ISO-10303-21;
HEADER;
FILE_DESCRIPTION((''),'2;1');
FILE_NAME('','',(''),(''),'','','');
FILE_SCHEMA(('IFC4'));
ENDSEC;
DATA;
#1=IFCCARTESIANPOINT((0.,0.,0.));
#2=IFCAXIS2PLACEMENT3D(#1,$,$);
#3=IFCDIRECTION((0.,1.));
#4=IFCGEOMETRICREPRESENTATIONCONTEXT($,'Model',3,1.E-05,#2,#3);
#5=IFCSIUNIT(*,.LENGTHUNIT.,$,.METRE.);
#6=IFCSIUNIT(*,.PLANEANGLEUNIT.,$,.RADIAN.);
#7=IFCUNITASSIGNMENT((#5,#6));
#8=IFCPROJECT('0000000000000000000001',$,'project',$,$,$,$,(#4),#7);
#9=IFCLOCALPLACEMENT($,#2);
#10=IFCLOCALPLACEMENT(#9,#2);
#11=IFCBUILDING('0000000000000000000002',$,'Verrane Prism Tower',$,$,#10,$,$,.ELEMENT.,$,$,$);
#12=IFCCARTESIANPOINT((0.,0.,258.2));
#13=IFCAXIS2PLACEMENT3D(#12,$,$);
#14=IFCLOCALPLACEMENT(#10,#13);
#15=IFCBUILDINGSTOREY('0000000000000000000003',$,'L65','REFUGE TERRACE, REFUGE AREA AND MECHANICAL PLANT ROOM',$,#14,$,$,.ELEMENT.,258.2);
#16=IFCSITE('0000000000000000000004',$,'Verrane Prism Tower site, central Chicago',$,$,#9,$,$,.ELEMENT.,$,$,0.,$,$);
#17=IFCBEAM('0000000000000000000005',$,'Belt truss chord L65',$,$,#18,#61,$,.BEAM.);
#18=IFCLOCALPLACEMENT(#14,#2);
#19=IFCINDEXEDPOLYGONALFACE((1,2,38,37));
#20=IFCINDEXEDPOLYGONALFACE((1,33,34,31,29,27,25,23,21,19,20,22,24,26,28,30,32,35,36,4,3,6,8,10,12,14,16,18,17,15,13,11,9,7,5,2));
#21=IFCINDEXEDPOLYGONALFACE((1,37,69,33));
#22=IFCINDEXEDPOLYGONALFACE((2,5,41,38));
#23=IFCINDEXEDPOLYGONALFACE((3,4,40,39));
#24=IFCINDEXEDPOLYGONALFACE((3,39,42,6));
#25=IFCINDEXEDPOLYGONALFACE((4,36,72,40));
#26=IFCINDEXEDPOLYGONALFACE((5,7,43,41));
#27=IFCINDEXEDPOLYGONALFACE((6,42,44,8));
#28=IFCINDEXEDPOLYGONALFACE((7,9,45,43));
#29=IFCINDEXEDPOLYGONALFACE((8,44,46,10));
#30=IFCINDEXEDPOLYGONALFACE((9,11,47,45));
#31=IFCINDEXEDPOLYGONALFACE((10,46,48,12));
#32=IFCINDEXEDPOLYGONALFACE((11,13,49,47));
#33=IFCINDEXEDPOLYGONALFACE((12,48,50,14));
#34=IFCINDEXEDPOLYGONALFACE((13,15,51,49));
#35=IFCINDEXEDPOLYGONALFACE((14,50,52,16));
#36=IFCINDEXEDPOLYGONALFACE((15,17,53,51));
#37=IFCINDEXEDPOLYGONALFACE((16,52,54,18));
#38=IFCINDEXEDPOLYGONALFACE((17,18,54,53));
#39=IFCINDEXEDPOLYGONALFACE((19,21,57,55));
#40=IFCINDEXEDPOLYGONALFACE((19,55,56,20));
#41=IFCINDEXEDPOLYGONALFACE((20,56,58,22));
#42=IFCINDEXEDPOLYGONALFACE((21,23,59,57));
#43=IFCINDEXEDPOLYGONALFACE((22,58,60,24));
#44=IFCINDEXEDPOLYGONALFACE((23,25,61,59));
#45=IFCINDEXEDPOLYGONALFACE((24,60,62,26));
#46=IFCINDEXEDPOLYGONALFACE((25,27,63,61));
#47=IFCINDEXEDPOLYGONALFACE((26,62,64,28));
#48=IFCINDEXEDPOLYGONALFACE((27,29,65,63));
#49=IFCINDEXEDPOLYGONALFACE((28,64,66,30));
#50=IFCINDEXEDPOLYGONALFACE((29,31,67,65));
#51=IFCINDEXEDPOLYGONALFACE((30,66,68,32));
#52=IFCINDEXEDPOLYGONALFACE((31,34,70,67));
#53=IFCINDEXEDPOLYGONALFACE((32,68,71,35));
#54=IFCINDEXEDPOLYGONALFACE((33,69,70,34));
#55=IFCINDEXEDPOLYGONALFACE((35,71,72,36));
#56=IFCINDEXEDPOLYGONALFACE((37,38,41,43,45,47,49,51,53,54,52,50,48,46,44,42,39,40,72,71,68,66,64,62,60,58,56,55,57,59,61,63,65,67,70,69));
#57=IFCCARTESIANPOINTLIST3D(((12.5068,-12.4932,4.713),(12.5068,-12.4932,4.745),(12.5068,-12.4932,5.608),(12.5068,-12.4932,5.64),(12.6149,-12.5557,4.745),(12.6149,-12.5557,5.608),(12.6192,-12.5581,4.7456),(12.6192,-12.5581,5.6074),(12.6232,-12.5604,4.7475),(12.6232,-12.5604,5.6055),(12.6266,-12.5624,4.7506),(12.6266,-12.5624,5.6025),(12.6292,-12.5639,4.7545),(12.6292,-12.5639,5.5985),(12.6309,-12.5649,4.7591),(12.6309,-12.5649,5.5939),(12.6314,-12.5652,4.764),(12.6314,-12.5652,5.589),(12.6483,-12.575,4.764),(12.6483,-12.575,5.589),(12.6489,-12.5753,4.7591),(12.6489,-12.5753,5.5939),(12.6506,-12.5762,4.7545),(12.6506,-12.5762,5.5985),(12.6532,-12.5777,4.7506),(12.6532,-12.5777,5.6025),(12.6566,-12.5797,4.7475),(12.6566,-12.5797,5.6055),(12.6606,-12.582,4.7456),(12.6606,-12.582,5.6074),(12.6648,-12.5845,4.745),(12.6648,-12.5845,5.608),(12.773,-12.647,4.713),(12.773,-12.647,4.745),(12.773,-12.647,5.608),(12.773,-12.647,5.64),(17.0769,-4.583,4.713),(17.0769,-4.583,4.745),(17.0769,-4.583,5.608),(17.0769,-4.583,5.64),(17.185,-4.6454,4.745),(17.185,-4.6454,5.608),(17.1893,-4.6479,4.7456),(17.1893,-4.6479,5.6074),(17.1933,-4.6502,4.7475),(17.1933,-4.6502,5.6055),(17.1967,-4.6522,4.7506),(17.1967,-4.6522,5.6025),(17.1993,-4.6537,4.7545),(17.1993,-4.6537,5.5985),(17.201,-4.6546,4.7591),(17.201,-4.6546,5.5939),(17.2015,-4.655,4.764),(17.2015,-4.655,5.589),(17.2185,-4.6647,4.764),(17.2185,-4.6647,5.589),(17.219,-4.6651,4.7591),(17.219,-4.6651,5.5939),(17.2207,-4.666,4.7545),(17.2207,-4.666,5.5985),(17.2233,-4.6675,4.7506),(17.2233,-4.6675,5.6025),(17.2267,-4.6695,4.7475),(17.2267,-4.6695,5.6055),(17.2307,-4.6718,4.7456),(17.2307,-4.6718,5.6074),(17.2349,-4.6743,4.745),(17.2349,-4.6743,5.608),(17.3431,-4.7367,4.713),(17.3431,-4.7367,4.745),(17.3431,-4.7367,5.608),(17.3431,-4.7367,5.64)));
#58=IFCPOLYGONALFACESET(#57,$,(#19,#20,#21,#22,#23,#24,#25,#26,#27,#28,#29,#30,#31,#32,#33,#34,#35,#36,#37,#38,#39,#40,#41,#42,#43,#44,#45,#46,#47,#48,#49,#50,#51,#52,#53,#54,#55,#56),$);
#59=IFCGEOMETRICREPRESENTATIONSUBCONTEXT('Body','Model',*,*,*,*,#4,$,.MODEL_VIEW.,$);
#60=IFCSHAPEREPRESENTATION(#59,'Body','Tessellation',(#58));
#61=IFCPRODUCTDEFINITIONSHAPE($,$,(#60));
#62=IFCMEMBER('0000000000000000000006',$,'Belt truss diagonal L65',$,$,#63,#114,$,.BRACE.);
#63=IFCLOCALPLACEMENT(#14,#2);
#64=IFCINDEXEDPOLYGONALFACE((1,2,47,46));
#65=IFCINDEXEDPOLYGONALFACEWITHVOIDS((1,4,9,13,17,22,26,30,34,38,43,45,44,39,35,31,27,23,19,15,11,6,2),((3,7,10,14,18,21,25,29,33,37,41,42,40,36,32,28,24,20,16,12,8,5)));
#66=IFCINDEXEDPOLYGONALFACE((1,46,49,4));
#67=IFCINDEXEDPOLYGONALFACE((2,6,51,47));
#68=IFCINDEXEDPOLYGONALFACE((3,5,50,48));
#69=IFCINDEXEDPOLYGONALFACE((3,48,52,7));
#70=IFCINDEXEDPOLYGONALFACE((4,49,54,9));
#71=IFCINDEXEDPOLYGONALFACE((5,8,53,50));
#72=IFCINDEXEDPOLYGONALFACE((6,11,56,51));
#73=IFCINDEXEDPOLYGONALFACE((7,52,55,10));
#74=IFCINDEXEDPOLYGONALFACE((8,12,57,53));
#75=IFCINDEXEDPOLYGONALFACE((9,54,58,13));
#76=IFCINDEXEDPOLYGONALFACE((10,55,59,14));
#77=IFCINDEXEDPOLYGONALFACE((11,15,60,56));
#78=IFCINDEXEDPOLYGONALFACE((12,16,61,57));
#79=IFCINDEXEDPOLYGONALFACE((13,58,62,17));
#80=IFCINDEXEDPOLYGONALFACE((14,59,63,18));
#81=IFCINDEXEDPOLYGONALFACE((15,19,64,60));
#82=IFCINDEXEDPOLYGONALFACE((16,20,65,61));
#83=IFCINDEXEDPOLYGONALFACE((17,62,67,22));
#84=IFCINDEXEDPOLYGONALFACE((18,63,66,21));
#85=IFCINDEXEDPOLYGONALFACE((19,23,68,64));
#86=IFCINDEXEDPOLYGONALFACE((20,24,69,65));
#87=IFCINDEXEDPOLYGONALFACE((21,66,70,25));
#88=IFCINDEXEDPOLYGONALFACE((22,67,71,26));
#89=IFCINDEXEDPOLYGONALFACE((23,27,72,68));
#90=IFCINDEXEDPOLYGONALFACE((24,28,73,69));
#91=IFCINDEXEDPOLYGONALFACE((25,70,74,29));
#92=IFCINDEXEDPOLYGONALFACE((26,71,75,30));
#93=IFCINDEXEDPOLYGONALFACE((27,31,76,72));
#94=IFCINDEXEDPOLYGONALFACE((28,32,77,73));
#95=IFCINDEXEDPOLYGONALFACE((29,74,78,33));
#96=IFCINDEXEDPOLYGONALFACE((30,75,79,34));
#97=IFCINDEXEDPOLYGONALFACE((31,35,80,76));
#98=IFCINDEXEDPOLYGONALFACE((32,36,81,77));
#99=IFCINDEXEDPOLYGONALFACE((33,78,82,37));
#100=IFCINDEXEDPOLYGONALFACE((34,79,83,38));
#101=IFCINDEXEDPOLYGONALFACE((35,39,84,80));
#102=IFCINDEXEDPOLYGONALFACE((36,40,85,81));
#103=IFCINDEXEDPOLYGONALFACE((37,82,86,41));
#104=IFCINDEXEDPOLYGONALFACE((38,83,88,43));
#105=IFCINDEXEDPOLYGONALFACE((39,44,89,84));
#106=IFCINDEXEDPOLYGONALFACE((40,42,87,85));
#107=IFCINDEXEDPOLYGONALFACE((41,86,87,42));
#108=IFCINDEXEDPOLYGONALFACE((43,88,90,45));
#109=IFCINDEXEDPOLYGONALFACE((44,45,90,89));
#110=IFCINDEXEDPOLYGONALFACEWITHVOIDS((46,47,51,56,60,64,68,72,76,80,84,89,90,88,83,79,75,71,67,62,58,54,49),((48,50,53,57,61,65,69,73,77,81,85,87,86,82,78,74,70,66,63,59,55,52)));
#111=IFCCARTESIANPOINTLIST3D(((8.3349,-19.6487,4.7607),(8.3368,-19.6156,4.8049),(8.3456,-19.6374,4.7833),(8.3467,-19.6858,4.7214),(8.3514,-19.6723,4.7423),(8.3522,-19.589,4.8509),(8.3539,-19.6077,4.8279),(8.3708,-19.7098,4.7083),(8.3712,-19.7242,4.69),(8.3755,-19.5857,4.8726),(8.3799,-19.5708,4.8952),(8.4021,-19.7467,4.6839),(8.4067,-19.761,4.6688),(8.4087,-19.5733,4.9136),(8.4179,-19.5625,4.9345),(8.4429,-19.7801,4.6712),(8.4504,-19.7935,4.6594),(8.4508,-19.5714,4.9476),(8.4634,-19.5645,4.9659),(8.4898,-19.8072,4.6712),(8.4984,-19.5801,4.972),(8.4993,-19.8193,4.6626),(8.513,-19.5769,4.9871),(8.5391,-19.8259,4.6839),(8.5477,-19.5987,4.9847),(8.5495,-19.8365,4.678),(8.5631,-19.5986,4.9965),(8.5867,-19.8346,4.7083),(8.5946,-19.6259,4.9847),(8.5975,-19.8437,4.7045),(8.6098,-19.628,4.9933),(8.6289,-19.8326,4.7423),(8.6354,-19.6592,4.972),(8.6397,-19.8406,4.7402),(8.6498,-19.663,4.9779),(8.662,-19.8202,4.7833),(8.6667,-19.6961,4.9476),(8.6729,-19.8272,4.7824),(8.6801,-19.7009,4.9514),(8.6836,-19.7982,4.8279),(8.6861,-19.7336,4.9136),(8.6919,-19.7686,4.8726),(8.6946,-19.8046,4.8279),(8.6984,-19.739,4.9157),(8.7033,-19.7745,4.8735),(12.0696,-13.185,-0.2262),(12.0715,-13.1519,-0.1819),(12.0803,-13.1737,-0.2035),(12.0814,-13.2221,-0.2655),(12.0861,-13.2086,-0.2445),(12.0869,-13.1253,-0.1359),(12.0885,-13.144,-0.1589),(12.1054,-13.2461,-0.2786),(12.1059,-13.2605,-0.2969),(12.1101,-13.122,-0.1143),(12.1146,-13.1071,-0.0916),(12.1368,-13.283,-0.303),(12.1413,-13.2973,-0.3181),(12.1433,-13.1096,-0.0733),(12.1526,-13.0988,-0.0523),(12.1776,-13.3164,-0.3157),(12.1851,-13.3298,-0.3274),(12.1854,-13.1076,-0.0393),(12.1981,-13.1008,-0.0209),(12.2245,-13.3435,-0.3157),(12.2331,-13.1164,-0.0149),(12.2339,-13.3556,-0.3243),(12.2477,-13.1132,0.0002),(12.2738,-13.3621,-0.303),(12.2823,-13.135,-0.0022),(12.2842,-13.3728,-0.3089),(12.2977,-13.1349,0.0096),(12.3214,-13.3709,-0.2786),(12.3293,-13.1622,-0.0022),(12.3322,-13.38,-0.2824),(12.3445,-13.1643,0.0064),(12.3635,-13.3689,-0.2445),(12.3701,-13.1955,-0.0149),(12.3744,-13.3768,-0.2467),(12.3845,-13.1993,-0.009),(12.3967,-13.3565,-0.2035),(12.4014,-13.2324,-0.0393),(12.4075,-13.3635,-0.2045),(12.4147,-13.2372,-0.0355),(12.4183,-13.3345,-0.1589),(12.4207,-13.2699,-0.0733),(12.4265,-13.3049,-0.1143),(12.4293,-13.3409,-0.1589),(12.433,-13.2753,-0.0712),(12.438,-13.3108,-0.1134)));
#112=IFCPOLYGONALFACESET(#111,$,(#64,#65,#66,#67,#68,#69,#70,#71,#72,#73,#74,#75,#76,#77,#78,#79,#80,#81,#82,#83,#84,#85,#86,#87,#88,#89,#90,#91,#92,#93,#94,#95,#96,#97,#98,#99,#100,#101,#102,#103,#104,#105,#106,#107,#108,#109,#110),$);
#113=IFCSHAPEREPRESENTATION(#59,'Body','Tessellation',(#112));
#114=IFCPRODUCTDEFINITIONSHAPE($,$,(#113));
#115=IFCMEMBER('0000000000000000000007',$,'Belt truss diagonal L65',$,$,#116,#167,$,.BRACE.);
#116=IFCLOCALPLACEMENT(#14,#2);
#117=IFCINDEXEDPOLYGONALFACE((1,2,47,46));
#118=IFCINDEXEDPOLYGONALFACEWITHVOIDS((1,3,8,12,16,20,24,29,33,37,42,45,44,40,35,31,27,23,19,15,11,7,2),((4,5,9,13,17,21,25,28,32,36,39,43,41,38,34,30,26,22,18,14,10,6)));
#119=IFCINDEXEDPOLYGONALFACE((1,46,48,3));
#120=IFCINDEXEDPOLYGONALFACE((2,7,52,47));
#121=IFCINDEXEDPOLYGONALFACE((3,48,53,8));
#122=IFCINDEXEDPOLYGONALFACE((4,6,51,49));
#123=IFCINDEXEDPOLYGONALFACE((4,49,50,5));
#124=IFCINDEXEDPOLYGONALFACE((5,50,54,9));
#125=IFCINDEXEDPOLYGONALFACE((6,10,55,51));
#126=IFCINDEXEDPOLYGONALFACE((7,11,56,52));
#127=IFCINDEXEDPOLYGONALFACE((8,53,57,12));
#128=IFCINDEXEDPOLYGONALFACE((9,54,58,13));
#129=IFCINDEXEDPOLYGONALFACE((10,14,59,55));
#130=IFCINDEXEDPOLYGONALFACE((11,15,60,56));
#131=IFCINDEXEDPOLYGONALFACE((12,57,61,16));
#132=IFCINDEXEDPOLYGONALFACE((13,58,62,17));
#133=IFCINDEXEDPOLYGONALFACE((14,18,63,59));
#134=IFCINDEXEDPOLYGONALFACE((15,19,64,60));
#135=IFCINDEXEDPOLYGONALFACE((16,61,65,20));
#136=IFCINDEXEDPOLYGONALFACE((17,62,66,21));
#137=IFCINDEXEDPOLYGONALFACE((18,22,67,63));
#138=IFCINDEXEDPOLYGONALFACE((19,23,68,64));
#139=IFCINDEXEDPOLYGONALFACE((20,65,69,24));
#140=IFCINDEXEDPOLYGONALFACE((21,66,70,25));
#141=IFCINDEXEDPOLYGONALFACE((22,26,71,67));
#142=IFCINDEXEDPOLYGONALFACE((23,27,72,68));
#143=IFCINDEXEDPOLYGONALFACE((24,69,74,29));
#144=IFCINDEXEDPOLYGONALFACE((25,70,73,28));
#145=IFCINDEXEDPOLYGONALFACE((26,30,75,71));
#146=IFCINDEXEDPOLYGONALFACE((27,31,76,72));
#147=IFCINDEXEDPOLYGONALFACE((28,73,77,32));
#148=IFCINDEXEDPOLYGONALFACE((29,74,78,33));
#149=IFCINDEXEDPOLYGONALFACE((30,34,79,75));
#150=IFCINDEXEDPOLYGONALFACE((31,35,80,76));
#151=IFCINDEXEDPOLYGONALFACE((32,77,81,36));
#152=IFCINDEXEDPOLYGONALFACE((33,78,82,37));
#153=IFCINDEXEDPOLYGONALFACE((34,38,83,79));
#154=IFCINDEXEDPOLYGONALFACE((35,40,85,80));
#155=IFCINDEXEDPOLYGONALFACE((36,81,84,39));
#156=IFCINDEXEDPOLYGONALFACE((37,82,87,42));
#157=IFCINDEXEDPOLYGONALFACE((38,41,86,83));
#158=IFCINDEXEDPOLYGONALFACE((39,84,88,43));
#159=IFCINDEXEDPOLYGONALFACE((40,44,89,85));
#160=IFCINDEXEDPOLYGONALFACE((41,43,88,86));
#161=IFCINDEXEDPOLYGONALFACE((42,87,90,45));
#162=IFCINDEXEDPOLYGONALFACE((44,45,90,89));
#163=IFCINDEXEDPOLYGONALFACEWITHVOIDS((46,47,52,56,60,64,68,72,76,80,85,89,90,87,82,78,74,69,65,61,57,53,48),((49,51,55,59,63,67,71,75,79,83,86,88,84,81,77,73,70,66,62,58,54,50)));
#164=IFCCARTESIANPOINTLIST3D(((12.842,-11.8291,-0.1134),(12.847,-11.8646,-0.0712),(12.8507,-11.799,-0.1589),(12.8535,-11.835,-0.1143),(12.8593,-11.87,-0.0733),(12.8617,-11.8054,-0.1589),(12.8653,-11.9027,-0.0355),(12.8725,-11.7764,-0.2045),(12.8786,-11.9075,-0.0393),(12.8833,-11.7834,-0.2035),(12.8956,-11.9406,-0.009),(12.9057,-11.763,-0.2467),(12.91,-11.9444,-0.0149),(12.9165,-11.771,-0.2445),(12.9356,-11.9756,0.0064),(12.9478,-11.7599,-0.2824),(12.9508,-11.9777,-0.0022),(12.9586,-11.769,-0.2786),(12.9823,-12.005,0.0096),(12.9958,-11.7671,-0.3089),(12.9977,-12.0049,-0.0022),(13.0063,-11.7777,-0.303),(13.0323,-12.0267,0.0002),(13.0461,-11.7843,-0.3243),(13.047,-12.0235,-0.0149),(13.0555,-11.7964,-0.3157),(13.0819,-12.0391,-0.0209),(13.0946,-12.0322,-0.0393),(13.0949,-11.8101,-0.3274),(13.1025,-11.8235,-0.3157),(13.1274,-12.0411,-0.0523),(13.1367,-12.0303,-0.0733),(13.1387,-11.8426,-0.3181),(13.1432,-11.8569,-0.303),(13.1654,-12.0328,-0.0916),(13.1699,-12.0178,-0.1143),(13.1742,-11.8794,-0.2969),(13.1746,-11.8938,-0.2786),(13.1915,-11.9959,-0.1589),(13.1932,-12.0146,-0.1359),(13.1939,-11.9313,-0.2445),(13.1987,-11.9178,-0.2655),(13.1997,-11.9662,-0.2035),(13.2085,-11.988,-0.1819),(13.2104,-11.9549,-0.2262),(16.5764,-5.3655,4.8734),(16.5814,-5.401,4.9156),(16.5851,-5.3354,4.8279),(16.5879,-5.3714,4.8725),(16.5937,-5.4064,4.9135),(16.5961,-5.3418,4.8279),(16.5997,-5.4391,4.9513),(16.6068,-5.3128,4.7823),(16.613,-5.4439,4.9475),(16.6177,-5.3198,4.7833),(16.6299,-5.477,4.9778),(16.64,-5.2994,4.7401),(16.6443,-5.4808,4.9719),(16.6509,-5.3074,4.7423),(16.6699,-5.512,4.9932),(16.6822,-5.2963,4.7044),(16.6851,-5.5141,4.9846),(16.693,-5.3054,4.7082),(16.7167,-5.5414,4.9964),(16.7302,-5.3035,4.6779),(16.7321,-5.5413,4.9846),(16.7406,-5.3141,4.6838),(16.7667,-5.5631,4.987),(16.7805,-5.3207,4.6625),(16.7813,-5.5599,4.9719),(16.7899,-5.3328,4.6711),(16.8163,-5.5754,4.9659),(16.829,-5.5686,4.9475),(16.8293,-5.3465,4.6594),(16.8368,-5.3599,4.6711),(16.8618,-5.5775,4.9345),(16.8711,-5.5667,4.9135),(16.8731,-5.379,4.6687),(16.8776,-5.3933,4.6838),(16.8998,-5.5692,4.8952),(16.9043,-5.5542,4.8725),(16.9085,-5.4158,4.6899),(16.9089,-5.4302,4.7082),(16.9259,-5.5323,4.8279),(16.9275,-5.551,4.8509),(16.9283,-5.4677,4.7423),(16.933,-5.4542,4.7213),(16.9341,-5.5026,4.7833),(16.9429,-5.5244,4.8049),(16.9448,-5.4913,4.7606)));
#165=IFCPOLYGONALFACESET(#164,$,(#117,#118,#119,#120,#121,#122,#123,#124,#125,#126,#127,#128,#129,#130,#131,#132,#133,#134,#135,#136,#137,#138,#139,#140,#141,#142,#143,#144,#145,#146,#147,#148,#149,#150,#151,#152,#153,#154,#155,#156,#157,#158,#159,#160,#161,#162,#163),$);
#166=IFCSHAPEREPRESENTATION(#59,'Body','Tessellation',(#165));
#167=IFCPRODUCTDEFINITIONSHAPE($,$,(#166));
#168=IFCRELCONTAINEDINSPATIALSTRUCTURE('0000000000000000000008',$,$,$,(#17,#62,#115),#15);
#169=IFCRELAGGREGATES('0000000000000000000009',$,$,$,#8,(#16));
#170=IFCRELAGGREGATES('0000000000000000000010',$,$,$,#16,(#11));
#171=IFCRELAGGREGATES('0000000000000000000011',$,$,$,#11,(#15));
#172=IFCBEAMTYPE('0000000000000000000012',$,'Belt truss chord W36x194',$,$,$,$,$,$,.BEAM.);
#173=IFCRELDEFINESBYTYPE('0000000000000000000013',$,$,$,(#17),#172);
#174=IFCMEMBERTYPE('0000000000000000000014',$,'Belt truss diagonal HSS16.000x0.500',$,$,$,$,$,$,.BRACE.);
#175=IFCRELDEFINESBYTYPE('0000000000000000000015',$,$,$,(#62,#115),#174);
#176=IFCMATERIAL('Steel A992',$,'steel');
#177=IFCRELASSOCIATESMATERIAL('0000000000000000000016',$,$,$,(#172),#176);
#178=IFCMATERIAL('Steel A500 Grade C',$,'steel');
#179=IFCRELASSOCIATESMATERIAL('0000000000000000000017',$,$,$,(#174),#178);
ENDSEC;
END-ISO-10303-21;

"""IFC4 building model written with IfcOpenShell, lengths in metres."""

from ifc_helpers import new_model, si_unit, direction, frame, origin, origin_2d, place, context, subcontext, project, spatial, hollow_circle, i_section, extrude, material, material_profile, profile_set, type_object, element, save


model = new_model("IFC4")

# Units and contexts
model_context = context("Model", 3, precision=1e-05, world=origin(), true_north=direction((0.0, 1.0)))
body_context = subcontext(model_context, "Body", "Model", "MODEL_VIEW")
ifc_project = project(units=[si_unit("LENGTHUNIT", "METRE"), si_unit("PLANEANGLEUNIT", "RADIAN")], contexts=[model_context])

# Site, building, storey
site_placement = place(None, origin())
site = spatial("IfcSite", under=ifc_project, at=site_placement, Name="Verrane Prism Tower site, central Chicago", CompositionType="ELEMENT", RefElevation=0.0)
building_placement = place(site_placement, origin())
building = spatial("IfcBuilding", under=site, at=building_placement, Name="Verrane Prism Tower", CompositionType="ELEMENT")
storey_placement = place(building_placement, frame((0.0, 0.0, 258.2)))
storey = spatial("IfcBuildingStorey", under=building, at=storey_placement, Name="L65", Description="REFUGE TERRACE, REFUGE AREA AND MECHANICAL PLANT ROOM", CompositionType="ELEMENT", Elevation=258.2)

# Beam
ifc_material_1 = material(Name="Steel A992", Category="steel")
ifc_material_profile_1 = material_profile(ifc_material_1, i_section(OverallWidth=0.3074, OverallDepth=0.927, WebThickness=0.0195, FlangeThickness=0.032, FilletRadius=0.019, at=origin_2d()), Name="W36x194")
ifc_profile_set_1 = profile_set([ifc_material_profile_1], Name="Steel A992")
beam_type_1 = type_object("IfcBeamType", Name="Belt truss chord W36x194", PredefinedType="BEAM", material=ifc_profile_set_1)
beam_1_placement = place(storey_placement, frame((12.6399, -12.5701, 5.1765), z_axis=(0.500258, 0.865877, 0.0), x_axis=(-0.865877, 0.500258, 0.0)))
element("IfcBeam", 1, at=beam_1_placement, inside=storey, type_object=beam_type_1, Name="Belt truss chord L65", PredefinedType="BEAM", context=body_context, shape_type="SweptSolid", body=[
    extrude(i_section(OverallWidth=0.3074, OverallDepth=0.927, WebThickness=0.0195, FlangeThickness=0.032, FilletRadius=0.019, at=origin_2d()), origin(), (0.0, 0.0, 1.0), 9.1355),
])

# Members
ifc_material_2 = material(Name="Steel A500 Grade C", Category="steel")
ifc_material_profile_2 = material_profile(ifc_material_2, hollow_circle(Radius=0.2031, WallThickness=0.0127, at=origin_2d()), Name="HSS16.000x0.500")
ifc_profile_set_2 = profile_set([ifc_material_profile_2], Name="Steel A500 Grade C")
member_type_1 = type_object("IfcMemberType", Name="Belt truss diagonal HSS16.000x0.500", PredefinedType="BRACE", material=ifc_profile_set_2)
member_1_placement = place(storey_placement, frame((12.2534, -13.2393, -0.1589), z_axis=(-0.416001, -0.719986, 0.555484), x_axis=(0.86586, -0.500286, 0.0)))
element("IfcMember", 2, at=member_1_placement, inside=storey, type_object=member_type_1, Name="Belt truss diagonal L65", PredefinedType="BRACE", context=body_context, shape_type="SweptSolid", body=[
    extrude(hollow_circle(Radius=0.2031, WallThickness=0.0127, at=origin_2d()), origin(), (0.0, 0.0, 1.0), 8.9775),
])
member_2_placement = place(storey_placement, frame((13.0266, -11.9006, -0.1589), z_axis=(0.415979, 0.719995, 0.55549), x_axis=(-0.865875, 0.500261, 0.0)))
element("IfcMember", 3, at=member_2_placement, inside=storey, type_object=member_type_1, Name="Belt truss diagonal L65", PredefinedType="BRACE", context=body_context, shape_type="SweptSolid", body=[
    extrude(hollow_circle(Radius=0.2031, WallThickness=0.0127, at=origin_2d()), origin(), (0.0, 0.0, 1.0), 8.9773),
])

save(model, "model.ifc")
